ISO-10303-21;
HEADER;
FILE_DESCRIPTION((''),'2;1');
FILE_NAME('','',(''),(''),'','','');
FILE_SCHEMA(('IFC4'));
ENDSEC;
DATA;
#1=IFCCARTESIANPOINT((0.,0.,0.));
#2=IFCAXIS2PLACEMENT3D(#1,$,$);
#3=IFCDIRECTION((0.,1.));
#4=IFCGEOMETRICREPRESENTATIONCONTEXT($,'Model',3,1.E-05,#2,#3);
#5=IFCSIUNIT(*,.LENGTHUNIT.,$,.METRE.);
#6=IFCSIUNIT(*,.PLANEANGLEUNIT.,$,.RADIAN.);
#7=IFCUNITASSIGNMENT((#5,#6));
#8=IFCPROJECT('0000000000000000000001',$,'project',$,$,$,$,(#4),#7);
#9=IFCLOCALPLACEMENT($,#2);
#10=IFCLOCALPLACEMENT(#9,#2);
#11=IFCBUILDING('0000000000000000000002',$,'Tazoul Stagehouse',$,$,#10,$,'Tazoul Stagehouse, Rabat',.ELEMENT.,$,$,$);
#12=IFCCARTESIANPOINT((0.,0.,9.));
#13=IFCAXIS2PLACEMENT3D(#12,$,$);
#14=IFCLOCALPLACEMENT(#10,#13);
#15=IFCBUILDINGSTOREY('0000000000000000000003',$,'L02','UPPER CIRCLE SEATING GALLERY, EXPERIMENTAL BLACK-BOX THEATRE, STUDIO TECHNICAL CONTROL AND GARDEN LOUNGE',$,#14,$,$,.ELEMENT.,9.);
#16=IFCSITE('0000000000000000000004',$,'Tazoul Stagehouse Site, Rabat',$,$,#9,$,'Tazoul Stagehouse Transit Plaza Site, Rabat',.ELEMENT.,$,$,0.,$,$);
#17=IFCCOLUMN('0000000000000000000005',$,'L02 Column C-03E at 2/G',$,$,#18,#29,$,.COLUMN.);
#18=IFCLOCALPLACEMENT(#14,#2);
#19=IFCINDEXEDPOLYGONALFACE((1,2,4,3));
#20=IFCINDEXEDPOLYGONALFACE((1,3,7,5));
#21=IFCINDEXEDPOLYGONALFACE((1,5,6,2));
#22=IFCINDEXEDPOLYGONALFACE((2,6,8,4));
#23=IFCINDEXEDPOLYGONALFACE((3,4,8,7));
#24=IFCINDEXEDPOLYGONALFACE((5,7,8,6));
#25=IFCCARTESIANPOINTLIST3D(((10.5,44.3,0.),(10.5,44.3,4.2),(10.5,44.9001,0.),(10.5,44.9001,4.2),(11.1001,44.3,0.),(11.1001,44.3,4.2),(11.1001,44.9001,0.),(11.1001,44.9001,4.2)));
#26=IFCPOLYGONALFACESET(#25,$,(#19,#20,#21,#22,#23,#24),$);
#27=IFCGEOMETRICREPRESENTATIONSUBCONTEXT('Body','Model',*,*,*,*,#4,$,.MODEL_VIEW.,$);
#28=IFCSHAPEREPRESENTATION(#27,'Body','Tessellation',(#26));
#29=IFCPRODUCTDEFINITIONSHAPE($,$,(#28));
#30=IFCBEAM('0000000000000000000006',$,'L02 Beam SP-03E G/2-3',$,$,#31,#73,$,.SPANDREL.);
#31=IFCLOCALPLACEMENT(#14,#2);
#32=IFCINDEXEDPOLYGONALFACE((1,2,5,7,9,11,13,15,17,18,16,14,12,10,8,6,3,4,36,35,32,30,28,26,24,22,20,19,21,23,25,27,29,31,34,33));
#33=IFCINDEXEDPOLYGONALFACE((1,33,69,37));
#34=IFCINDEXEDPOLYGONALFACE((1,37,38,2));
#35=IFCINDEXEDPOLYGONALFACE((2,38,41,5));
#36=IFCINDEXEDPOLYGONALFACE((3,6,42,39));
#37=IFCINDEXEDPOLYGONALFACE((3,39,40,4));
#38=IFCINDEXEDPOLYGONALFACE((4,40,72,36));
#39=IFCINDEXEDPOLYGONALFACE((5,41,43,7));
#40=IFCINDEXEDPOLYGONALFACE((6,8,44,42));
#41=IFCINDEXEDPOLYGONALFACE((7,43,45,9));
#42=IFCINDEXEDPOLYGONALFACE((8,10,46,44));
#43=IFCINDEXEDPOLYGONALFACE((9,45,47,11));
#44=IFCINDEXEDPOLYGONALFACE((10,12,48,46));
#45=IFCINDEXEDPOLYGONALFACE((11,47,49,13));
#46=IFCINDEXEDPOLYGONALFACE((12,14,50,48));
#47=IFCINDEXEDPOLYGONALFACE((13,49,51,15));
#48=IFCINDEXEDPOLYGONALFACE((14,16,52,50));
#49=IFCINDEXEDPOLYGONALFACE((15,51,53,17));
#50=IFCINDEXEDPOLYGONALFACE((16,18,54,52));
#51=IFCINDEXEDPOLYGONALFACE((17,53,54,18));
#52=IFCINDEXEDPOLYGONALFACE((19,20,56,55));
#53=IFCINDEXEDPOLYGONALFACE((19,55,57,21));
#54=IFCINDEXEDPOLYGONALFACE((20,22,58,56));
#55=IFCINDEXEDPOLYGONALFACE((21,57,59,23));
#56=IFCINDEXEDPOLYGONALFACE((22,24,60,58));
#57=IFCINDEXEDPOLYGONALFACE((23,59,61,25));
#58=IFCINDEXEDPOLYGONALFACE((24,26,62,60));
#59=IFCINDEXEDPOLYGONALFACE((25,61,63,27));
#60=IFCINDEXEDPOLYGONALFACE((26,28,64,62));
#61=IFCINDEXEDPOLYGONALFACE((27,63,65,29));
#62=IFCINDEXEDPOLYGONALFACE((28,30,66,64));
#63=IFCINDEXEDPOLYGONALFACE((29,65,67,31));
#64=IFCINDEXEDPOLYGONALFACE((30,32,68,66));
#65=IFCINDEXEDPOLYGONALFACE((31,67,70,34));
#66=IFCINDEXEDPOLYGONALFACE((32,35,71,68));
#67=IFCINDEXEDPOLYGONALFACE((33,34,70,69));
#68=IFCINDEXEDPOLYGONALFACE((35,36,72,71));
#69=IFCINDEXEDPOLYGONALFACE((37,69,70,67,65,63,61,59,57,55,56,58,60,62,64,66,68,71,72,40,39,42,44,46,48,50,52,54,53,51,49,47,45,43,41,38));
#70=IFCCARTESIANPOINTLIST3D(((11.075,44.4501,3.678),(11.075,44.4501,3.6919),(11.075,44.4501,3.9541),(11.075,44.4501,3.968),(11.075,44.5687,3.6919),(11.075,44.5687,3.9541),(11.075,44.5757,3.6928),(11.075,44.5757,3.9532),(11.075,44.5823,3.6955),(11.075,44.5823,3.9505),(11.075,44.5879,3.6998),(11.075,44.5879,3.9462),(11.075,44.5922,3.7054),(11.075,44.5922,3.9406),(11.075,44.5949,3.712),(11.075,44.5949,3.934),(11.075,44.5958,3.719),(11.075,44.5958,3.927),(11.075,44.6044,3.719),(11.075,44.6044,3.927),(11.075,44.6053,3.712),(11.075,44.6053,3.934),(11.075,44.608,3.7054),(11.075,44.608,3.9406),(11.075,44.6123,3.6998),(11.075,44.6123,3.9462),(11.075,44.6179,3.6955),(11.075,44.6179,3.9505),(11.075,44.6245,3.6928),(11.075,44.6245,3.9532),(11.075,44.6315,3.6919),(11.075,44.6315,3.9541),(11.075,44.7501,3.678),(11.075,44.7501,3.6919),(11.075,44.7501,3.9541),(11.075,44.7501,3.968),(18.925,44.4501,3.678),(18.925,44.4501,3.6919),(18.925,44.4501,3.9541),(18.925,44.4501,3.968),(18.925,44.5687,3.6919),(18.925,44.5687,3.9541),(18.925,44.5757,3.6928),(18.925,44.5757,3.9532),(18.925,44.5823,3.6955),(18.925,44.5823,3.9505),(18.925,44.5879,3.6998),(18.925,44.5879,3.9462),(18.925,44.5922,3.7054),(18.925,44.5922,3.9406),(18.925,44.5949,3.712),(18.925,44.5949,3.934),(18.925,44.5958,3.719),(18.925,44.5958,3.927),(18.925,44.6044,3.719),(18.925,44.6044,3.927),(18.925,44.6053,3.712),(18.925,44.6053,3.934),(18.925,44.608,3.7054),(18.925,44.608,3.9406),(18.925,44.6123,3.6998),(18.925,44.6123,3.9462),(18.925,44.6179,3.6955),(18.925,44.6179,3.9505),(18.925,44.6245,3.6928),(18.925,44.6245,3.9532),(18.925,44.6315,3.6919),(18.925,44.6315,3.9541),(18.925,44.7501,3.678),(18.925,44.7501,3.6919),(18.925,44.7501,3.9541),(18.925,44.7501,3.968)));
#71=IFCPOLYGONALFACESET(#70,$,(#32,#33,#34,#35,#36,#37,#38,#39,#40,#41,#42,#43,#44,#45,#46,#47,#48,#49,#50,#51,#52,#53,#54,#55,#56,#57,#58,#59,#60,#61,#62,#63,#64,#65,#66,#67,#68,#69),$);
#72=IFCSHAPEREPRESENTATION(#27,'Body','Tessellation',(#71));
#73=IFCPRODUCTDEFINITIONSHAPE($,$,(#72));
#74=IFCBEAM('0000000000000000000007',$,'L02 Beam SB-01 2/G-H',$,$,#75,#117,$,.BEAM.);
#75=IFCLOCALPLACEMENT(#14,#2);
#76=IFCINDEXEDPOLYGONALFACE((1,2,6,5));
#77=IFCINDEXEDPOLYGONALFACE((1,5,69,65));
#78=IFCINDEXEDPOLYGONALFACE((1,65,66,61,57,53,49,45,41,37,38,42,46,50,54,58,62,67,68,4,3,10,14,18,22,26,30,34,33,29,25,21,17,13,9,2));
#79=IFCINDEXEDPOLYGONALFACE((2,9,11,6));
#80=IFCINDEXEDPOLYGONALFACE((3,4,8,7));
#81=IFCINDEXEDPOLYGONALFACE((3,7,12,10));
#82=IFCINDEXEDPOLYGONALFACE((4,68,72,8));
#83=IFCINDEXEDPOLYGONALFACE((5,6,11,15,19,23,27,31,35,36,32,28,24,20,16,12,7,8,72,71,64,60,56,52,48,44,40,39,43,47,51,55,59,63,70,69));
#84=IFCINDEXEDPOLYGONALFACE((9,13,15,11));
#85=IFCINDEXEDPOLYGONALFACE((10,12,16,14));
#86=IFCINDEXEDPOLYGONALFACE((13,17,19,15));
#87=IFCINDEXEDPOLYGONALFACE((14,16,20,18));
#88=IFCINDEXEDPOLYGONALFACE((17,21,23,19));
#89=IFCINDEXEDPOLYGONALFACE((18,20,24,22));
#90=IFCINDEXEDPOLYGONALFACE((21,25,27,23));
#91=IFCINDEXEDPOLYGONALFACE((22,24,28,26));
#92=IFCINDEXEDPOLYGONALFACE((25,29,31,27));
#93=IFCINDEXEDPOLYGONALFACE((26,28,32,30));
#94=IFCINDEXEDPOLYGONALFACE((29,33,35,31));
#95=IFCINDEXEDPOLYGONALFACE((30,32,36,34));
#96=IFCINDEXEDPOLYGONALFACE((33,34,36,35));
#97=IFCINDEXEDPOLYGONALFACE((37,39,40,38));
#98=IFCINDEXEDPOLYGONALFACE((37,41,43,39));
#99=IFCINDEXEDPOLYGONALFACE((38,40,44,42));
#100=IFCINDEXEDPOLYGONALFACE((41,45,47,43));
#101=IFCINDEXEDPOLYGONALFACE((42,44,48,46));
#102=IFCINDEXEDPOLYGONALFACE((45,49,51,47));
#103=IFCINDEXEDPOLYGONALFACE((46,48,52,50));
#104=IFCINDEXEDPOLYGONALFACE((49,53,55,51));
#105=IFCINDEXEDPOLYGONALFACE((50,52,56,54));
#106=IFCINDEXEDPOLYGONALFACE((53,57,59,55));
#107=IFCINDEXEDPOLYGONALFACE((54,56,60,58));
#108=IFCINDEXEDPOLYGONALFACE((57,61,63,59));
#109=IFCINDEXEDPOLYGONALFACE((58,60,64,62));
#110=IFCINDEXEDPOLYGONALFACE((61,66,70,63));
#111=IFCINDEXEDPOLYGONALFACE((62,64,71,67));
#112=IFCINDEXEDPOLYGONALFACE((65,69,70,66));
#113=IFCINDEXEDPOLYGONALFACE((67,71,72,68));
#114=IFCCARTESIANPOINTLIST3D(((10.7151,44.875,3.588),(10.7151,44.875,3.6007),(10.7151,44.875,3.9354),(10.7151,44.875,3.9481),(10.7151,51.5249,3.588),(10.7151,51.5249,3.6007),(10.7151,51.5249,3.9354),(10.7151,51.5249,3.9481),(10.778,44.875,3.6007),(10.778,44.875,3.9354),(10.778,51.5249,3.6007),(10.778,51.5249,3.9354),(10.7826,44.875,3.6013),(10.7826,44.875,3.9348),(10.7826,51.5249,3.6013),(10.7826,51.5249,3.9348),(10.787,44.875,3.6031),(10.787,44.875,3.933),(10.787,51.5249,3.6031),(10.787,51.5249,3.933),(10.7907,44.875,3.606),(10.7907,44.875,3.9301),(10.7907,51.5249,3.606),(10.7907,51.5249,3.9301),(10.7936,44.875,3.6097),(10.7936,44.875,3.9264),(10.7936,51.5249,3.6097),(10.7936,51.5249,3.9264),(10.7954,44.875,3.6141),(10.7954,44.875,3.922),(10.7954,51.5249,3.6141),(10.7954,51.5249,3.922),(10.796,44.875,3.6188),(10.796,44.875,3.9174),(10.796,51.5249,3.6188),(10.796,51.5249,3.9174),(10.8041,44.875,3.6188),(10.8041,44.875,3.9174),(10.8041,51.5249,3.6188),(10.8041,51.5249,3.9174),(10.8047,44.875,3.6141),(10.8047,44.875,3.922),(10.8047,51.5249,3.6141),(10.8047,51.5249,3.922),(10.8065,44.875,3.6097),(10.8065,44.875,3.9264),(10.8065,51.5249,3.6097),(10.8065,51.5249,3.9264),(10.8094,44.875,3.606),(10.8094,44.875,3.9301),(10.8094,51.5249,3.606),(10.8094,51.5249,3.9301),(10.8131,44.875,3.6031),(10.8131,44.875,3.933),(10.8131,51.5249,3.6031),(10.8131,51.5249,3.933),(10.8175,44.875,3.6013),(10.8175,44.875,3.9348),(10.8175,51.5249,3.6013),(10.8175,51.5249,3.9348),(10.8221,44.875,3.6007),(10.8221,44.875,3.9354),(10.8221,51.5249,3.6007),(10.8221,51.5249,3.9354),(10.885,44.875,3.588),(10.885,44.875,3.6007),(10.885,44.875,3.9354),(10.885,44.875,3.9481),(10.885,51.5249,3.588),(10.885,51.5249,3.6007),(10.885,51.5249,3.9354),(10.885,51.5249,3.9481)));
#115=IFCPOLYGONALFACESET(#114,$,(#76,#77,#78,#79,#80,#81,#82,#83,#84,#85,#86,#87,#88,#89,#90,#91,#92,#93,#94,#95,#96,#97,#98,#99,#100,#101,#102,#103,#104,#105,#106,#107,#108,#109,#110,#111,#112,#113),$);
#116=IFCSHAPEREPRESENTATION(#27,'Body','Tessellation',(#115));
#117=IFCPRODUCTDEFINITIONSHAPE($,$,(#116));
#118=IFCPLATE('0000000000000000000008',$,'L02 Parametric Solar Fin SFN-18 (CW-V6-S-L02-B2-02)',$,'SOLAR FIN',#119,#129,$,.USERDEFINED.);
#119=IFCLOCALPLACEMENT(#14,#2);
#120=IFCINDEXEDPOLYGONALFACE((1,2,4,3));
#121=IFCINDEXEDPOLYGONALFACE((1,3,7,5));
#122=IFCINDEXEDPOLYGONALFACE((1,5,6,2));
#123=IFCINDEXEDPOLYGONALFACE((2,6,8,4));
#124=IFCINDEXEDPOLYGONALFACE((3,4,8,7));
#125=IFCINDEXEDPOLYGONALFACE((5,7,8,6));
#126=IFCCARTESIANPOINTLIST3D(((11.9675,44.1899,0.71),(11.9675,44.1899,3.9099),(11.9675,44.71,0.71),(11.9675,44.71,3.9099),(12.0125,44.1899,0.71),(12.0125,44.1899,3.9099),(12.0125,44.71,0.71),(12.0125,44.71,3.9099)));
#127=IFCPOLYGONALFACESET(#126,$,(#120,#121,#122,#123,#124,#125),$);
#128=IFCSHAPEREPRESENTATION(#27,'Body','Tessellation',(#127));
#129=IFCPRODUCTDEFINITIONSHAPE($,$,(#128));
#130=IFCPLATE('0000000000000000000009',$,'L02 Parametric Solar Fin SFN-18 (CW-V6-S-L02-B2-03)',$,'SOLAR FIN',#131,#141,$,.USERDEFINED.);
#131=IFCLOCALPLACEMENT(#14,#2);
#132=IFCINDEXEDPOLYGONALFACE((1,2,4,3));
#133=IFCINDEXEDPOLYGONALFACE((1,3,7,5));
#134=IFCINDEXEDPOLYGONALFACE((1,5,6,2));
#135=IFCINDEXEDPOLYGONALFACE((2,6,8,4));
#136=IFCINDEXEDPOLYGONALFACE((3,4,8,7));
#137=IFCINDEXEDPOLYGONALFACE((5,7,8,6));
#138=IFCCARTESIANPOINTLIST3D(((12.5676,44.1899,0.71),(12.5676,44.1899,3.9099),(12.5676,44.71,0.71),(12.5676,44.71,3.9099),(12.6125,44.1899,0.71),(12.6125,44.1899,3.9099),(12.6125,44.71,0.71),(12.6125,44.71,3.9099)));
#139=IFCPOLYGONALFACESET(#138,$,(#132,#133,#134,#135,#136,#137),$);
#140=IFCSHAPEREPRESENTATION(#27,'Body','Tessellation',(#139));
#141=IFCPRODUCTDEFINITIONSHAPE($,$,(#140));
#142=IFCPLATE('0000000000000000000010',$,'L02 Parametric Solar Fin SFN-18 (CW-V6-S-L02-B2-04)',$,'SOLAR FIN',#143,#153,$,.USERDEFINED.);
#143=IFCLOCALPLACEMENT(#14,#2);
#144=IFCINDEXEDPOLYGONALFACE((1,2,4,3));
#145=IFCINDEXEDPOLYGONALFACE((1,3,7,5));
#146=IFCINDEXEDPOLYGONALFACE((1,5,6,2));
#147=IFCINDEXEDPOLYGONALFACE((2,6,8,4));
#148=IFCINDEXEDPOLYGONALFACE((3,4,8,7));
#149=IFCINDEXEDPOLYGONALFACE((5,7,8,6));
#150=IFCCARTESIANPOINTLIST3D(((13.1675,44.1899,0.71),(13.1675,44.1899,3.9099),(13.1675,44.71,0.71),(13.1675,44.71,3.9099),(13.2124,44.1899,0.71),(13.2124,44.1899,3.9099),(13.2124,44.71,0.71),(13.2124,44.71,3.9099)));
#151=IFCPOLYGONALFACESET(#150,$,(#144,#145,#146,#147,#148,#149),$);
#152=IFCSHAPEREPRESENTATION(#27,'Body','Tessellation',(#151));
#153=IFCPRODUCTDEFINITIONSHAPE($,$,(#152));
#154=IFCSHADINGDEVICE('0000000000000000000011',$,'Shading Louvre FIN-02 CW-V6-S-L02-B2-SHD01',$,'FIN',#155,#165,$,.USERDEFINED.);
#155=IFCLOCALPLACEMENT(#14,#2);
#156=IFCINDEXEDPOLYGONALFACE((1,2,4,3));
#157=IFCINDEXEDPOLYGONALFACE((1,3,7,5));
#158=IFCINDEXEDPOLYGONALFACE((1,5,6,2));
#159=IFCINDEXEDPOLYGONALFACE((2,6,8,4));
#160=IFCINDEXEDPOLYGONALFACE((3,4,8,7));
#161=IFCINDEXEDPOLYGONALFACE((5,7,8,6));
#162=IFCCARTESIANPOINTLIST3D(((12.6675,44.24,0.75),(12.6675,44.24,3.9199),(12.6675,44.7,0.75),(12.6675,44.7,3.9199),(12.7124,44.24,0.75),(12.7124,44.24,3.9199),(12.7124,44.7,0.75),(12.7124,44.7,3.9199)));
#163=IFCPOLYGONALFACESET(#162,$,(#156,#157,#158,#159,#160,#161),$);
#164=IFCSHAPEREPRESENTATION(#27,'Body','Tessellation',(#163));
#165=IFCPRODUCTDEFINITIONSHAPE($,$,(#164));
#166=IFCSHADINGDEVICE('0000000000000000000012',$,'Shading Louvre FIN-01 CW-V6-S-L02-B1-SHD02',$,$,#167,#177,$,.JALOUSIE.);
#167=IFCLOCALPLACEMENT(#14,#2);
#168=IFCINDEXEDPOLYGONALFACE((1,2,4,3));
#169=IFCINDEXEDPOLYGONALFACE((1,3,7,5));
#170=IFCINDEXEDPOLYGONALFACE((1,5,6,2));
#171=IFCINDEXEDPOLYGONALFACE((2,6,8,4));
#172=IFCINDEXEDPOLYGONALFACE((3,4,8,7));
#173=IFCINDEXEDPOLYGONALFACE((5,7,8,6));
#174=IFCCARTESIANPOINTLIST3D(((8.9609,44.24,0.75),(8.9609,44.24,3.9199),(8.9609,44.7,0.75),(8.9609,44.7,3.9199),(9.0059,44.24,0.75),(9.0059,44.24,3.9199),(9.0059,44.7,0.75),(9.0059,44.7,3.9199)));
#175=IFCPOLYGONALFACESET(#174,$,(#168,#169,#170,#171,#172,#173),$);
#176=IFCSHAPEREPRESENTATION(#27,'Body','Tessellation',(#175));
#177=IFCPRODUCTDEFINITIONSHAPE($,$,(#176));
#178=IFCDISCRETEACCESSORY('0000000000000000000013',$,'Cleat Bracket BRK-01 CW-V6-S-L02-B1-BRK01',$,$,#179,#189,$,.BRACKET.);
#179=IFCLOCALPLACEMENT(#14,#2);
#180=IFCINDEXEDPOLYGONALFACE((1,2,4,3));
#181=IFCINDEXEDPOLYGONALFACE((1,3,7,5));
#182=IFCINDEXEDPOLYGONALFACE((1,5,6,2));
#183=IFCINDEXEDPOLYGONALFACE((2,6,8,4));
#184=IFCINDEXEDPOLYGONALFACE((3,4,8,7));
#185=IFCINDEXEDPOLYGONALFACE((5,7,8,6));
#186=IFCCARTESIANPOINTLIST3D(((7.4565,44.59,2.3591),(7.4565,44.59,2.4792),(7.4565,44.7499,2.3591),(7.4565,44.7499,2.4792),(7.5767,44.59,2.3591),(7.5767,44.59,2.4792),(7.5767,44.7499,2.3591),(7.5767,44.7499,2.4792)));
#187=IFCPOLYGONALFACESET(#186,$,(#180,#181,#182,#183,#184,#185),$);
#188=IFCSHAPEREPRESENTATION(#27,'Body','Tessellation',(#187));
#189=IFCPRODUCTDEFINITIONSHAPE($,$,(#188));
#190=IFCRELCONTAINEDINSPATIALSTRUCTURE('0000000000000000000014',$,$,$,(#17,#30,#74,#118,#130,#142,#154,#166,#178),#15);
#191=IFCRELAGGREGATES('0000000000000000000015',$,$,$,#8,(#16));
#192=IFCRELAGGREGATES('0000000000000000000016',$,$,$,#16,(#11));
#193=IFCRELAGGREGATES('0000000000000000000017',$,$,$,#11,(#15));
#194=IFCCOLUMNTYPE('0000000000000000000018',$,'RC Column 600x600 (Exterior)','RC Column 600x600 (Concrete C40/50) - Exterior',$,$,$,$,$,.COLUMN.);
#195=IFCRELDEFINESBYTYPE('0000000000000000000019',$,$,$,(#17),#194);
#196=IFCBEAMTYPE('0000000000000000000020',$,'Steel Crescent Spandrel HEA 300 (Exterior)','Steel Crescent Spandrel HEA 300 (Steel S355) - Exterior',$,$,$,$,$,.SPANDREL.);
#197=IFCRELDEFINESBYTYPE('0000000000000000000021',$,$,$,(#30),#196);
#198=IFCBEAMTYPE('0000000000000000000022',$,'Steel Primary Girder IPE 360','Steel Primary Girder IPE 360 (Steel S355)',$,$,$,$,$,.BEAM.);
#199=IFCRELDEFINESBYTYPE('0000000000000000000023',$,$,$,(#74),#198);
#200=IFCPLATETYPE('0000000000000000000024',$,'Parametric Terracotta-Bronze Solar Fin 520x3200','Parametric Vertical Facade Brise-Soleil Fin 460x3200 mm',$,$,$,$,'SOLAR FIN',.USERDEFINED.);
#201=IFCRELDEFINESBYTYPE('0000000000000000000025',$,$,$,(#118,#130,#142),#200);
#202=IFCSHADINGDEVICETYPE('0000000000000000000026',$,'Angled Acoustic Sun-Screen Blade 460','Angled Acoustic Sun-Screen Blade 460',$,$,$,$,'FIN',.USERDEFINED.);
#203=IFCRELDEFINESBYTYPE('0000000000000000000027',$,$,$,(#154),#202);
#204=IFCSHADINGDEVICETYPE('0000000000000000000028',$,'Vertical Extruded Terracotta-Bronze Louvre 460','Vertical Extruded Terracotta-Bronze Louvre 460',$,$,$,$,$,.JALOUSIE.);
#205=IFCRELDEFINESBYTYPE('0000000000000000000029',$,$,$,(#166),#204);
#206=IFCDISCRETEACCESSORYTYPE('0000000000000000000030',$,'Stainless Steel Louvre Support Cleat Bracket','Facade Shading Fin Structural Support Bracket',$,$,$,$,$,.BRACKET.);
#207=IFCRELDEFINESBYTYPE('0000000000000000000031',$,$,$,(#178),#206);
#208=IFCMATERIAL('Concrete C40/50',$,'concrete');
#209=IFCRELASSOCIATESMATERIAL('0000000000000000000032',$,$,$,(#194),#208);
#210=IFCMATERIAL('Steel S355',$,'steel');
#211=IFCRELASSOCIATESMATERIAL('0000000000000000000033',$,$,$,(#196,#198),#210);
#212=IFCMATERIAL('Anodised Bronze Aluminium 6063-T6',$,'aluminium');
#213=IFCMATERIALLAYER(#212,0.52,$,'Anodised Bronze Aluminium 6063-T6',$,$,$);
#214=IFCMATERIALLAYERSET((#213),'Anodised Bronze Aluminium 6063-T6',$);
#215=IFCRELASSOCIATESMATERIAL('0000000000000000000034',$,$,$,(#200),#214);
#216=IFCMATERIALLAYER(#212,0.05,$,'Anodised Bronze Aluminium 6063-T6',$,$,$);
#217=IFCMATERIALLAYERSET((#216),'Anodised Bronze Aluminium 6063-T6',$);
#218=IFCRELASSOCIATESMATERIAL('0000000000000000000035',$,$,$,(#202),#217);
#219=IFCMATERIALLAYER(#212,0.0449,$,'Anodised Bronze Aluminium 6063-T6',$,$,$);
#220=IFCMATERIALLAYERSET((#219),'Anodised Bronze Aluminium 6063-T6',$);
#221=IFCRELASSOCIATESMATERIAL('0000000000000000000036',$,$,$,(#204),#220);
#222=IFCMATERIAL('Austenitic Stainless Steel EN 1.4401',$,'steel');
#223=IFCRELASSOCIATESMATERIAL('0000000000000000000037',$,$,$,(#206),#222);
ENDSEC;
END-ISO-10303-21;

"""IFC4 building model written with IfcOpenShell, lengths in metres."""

from ifc_helpers import new_model, si_unit, direction, frame, origin, origin_2d, place, context, subcontext, project, spatial, rectangle, i_section, extrude, material, layer, layer_set, material_profile, profile_set, type_object, element, save


model = new_model("IFC4")

# Units and contexts
model_context = context("Model", 3, precision=1e-05, world=origin(), true_north=direction((0.0, 1.0)))
body_context = subcontext(model_context, "Body", "Model", "MODEL_VIEW")
ifc_project = project(units=[si_unit("LENGTHUNIT", "METRE"), si_unit("PLANEANGLEUNIT", "RADIAN")], contexts=[model_context])

# Site, building, storey
site_placement = place(None, origin())
site = spatial("IfcSite", under=ifc_project, at=site_placement, Name="Tazoul Stagehouse Site, Rabat", LongName="Tazoul Stagehouse Transit Plaza Site, Rabat", CompositionType="ELEMENT", RefElevation=0.0)
building_placement = place(site_placement, origin())
building = spatial("IfcBuilding", under=site, at=building_placement, Name="Tazoul Stagehouse", LongName="Tazoul Stagehouse, Rabat", CompositionType="ELEMENT")
storey_placement = place(building_placement, frame((0.0, 0.0, 9.0)))
storey = spatial("IfcBuildingStorey", under=building, at=storey_placement, Name="L02", Description="UPPER CIRCLE SEATING GALLERY, EXPERIMENTAL BLACK-BOX THEATRE, STUDIO TECHNICAL CONTROL AND GARDEN LOUNGE", CompositionType="ELEMENT", Elevation=9.0)

# Column
ifc_material_1 = material(Name="Concrete C40/50", Category="concrete")
ifc_material_profile_1 = material_profile(ifc_material_1, rectangle(XDim=0.6001, YDim=0.6001, at=origin_2d()), Name="RC 600x600")
ifc_profile_set_1 = profile_set([ifc_material_profile_1], Name="Concrete C40/50")
column_type = type_object("IfcColumnType", Name="RC Column 600x600 (Exterior)", Description="RC Column 600x600 (Concrete C40/50) - Exterior", PredefinedType="COLUMN", material=ifc_profile_set_1)
column_placement = place(storey_placement, frame((10.8, 44.6001, 0.0), z_axis=(0.0, 0.0, 1.0), x_axis=(1.0, 0.0, 0.0)))
element("IfcColumn", 1, at=column_placement, inside=storey, type_object=column_type, Name="L02 Column C-03E at 2/G", PredefinedType="COLUMN", context=body_context, shape_type="SweptSolid", body=[
    extrude(rectangle(XDim=0.6001, YDim=0.6001, at=origin_2d()), origin(), (0.0, 0.0, 1.0), 4.2),
])

# Beams
ifc_material_2 = material(Name="Steel S355", Category="steel")
ifc_material_profile_2 = material_profile(ifc_material_2, i_section(OverallWidth=0.3, OverallDepth=0.29, WebThickness=0.0085, FlangeThickness=0.0139, FilletRadius=0.0271, at=origin_2d()), Name="HEA 300")
ifc_profile_set_2 = profile_set([ifc_material_profile_2], Name="Steel S355")
beam_type_1 = type_object("IfcBeamType", Name="Steel Crescent Spandrel HEA 300 (Exterior)", Description="Steel Crescent Spandrel HEA 300 (Steel S355) - Exterior", PredefinedType="SPANDREL", material=ifc_profile_set_2)
beam_1_placement = place(storey_placement, frame((11.075, 44.6001, 3.823), z_axis=(1.0, 0.0, 0.0), x_axis=(0.0, 1.0, 0.0)))
element("IfcBeam", 2, at=beam_1_placement, inside=storey, type_object=beam_type_1, Name="L02 Beam SP-03E G/2-3", PredefinedType="SPANDREL", context=body_context, shape_type="SweptSolid", body=[
    extrude(i_section(OverallWidth=0.3, OverallDepth=0.29, WebThickness=0.0085, FlangeThickness=0.0139, FilletRadius=0.0271, at=origin_2d()), origin(), (0.0, 0.0, 1.0), 7.8501),
])
ifc_material_profile_3 = material_profile(ifc_material_2, i_section(OverallWidth=0.1699, OverallDepth=0.3601, WebThickness=0.0081, FlangeThickness=0.0127, FilletRadius=0.0181, at=origin_2d()), Name="IPE 360")
ifc_profile_set_3 = profile_set([ifc_material_profile_3], Name="Steel S355")
beam_type_2 = type_object("IfcBeamType", Name="Steel Primary Girder IPE 360", Description="Steel Primary Girder IPE 360 (Steel S355)", PredefinedType="BEAM", material=ifc_profile_set_3)
beam_2_placement = place(storey_placement, frame((10.8, 44.875, 3.7681), z_axis=(0.0, 1.0, 0.0), x_axis=(-1.0, 0.0, 0.0)))
element("IfcBeam", 3, at=beam_2_placement, inside=storey, type_object=beam_type_2, Name="L02 Beam SB-01 2/G-H", PredefinedType="BEAM", context=body_context, shape_type="SweptSolid", body=[
    extrude(i_section(OverallWidth=0.1699, OverallDepth=0.3601, WebThickness=0.0081, FlangeThickness=0.0127, FilletRadius=0.0181, at=origin_2d()), origin(), (0.0, 0.0, 1.0), 6.6499),
])

# Plates
ifc_material_3 = material(Name="Anodised Bronze Aluminium 6063-T6", Category="aluminium")
ifc_layer_1 = layer(ifc_material_3, 0.52, Name="Anodised Bronze Aluminium 6063-T6")
ifc_layer_set_1 = layer_set([ifc_layer_1], Name="Anodised Bronze Aluminium 6063-T6")
plate_type = type_object("IfcPlateType", Name="Parametric Terracotta-Bronze Solar Fin 520x3200", Description="Parametric Vertical Facade Brise-Soleil Fin 460x3200 mm", ElementType="SOLAR FIN", PredefinedType="USERDEFINED", material=ifc_layer_set_1)
for number, where, z_axis, x_axis, name in (
    (4, (11.99, 44.45, 0.71), (0.0, 0.0, 1.0), (1.0, 0.0, 0.0), "L02 Parametric Solar Fin SFN-18 (CW-V6-S-L02-B2-02)"),
    (5, (12.5901, 44.45, 0.71), (0.0, 0.0, 1.0), (1.0, 0.0, 0.0), "L02 Parametric Solar Fin SFN-18 (CW-V6-S-L02-B2-03)"),
    (6, (13.1899, 44.45, 0.71), (0.0, 0.0, 1.0), (1.0, 0.0, 0.0), "L02 Parametric Solar Fin SFN-18 (CW-V6-S-L02-B2-04)"),
):
    element("IfcPlate", number, at=place(storey_placement, frame(where, z_axis=z_axis, x_axis=x_axis)), inside=storey, type_object=plate_type, Name=name, ObjectType="SOLAR FIN", PredefinedType="USERDEFINED", context=body_context, shape_type="SweptSolid", body=[
        extrude(rectangle(XDim=0.0449, YDim=0.52, at=origin_2d()), origin(), (0.0, 0.0, 1.0), 3.2),
    ])

# Shading devices
ifc_layer_2 = layer(ifc_material_3, 0.05, Name="Anodised Bronze Aluminium 6063-T6")
ifc_layer_set_2 = layer_set([ifc_layer_2], Name="Anodised Bronze Aluminium 6063-T6")
shading_device_type_1 = type_object("IfcShadingDeviceType", Name="Angled Acoustic Sun-Screen Blade 460", Description="Angled Acoustic Sun-Screen Blade 460", ElementType="FIN", PredefinedType="USERDEFINED", material=ifc_layer_set_2)
shading_device_1_placement = place(storey_placement, frame((12.6899, 44.47, 0.75), z_axis=(0.0, 0.0, 1.0), x_axis=(1.0, 0.0, 0.0)))
element("IfcShadingDevice", 7, at=shading_device_1_placement, inside=storey, type_object=shading_device_type_1, Name="Shading Louvre FIN-02 CW-V6-S-L02-B2-SHD01", ObjectType="FIN", PredefinedType="USERDEFINED", context=body_context, shape_type="SweptSolid", body=[
    extrude(rectangle(XDim=0.0449, YDim=0.46, at=origin_2d()), origin(), (0.0, 0.0, 1.0), 3.1699),
])
ifc_layer_3 = layer(ifc_material_3, 0.0449, Name="Anodised Bronze Aluminium 6063-T6")
ifc_layer_set_3 = layer_set([ifc_layer_3], Name="Anodised Bronze Aluminium 6063-T6")
shading_device_type_2 = type_object("IfcShadingDeviceType", Name="Vertical Extruded Terracotta-Bronze Louvre 460", Description="Vertical Extruded Terracotta-Bronze Louvre 460", PredefinedType="JALOUSIE", material=ifc_layer_set_3)
shading_device_2_placement = place(storey_placement, frame((8.9834, 44.47, 0.75), z_axis=(0.0, 0.0, 1.0), x_axis=(1.0, 0.0, 0.0)))
element("IfcShadingDevice", 8, at=shading_device_2_placement, inside=storey, type_object=shading_device_type_2, Name="Shading Louvre FIN-01 CW-V6-S-L02-B1-SHD02", PredefinedType="JALOUSIE", context=body_context, shape_type="SweptSolid", body=[
    extrude(rectangle(XDim=0.0449, YDim=0.46, at=origin_2d()), origin(), (0.0, 0.0, 1.0), 3.1699),
])

# Discrete accessory
ifc_material_4 = material(Name="Austenitic Stainless Steel EN 1.4401", Category="steel")
discrete_accessory_type = type_object("IfcDiscreteAccessoryType", Name="Stainless Steel Louvre Support Cleat Bracket", Description="Facade Shading Fin Structural Support Bracket", PredefinedType="BRACKET", material=ifc_material_4)
for number, where, z_axis, x_axis, name in (
    (9, (7.5166, 44.6699, 2.3591), (0.0, 0.0, 1.0), (1.0, 0.0, 0.0), "Cleat Bracket BRK-01 CW-V6-S-L02-B1-BRK01"),
):
    element("IfcDiscreteAccessory", number, at=place(storey_placement, frame(where, z_axis=z_axis, x_axis=x_axis)), inside=storey, type_object=discrete_accessory_type, Name=name, PredefinedType="BRACKET", context=body_context, shape_type="SweptSolid", body=[
        extrude(rectangle(XDim=0.1201, YDim=0.1599, at=origin_2d()), origin(), (0.0, 0.0, 1.0), 0.1201),
    ])

save(model, "model.ifc")
